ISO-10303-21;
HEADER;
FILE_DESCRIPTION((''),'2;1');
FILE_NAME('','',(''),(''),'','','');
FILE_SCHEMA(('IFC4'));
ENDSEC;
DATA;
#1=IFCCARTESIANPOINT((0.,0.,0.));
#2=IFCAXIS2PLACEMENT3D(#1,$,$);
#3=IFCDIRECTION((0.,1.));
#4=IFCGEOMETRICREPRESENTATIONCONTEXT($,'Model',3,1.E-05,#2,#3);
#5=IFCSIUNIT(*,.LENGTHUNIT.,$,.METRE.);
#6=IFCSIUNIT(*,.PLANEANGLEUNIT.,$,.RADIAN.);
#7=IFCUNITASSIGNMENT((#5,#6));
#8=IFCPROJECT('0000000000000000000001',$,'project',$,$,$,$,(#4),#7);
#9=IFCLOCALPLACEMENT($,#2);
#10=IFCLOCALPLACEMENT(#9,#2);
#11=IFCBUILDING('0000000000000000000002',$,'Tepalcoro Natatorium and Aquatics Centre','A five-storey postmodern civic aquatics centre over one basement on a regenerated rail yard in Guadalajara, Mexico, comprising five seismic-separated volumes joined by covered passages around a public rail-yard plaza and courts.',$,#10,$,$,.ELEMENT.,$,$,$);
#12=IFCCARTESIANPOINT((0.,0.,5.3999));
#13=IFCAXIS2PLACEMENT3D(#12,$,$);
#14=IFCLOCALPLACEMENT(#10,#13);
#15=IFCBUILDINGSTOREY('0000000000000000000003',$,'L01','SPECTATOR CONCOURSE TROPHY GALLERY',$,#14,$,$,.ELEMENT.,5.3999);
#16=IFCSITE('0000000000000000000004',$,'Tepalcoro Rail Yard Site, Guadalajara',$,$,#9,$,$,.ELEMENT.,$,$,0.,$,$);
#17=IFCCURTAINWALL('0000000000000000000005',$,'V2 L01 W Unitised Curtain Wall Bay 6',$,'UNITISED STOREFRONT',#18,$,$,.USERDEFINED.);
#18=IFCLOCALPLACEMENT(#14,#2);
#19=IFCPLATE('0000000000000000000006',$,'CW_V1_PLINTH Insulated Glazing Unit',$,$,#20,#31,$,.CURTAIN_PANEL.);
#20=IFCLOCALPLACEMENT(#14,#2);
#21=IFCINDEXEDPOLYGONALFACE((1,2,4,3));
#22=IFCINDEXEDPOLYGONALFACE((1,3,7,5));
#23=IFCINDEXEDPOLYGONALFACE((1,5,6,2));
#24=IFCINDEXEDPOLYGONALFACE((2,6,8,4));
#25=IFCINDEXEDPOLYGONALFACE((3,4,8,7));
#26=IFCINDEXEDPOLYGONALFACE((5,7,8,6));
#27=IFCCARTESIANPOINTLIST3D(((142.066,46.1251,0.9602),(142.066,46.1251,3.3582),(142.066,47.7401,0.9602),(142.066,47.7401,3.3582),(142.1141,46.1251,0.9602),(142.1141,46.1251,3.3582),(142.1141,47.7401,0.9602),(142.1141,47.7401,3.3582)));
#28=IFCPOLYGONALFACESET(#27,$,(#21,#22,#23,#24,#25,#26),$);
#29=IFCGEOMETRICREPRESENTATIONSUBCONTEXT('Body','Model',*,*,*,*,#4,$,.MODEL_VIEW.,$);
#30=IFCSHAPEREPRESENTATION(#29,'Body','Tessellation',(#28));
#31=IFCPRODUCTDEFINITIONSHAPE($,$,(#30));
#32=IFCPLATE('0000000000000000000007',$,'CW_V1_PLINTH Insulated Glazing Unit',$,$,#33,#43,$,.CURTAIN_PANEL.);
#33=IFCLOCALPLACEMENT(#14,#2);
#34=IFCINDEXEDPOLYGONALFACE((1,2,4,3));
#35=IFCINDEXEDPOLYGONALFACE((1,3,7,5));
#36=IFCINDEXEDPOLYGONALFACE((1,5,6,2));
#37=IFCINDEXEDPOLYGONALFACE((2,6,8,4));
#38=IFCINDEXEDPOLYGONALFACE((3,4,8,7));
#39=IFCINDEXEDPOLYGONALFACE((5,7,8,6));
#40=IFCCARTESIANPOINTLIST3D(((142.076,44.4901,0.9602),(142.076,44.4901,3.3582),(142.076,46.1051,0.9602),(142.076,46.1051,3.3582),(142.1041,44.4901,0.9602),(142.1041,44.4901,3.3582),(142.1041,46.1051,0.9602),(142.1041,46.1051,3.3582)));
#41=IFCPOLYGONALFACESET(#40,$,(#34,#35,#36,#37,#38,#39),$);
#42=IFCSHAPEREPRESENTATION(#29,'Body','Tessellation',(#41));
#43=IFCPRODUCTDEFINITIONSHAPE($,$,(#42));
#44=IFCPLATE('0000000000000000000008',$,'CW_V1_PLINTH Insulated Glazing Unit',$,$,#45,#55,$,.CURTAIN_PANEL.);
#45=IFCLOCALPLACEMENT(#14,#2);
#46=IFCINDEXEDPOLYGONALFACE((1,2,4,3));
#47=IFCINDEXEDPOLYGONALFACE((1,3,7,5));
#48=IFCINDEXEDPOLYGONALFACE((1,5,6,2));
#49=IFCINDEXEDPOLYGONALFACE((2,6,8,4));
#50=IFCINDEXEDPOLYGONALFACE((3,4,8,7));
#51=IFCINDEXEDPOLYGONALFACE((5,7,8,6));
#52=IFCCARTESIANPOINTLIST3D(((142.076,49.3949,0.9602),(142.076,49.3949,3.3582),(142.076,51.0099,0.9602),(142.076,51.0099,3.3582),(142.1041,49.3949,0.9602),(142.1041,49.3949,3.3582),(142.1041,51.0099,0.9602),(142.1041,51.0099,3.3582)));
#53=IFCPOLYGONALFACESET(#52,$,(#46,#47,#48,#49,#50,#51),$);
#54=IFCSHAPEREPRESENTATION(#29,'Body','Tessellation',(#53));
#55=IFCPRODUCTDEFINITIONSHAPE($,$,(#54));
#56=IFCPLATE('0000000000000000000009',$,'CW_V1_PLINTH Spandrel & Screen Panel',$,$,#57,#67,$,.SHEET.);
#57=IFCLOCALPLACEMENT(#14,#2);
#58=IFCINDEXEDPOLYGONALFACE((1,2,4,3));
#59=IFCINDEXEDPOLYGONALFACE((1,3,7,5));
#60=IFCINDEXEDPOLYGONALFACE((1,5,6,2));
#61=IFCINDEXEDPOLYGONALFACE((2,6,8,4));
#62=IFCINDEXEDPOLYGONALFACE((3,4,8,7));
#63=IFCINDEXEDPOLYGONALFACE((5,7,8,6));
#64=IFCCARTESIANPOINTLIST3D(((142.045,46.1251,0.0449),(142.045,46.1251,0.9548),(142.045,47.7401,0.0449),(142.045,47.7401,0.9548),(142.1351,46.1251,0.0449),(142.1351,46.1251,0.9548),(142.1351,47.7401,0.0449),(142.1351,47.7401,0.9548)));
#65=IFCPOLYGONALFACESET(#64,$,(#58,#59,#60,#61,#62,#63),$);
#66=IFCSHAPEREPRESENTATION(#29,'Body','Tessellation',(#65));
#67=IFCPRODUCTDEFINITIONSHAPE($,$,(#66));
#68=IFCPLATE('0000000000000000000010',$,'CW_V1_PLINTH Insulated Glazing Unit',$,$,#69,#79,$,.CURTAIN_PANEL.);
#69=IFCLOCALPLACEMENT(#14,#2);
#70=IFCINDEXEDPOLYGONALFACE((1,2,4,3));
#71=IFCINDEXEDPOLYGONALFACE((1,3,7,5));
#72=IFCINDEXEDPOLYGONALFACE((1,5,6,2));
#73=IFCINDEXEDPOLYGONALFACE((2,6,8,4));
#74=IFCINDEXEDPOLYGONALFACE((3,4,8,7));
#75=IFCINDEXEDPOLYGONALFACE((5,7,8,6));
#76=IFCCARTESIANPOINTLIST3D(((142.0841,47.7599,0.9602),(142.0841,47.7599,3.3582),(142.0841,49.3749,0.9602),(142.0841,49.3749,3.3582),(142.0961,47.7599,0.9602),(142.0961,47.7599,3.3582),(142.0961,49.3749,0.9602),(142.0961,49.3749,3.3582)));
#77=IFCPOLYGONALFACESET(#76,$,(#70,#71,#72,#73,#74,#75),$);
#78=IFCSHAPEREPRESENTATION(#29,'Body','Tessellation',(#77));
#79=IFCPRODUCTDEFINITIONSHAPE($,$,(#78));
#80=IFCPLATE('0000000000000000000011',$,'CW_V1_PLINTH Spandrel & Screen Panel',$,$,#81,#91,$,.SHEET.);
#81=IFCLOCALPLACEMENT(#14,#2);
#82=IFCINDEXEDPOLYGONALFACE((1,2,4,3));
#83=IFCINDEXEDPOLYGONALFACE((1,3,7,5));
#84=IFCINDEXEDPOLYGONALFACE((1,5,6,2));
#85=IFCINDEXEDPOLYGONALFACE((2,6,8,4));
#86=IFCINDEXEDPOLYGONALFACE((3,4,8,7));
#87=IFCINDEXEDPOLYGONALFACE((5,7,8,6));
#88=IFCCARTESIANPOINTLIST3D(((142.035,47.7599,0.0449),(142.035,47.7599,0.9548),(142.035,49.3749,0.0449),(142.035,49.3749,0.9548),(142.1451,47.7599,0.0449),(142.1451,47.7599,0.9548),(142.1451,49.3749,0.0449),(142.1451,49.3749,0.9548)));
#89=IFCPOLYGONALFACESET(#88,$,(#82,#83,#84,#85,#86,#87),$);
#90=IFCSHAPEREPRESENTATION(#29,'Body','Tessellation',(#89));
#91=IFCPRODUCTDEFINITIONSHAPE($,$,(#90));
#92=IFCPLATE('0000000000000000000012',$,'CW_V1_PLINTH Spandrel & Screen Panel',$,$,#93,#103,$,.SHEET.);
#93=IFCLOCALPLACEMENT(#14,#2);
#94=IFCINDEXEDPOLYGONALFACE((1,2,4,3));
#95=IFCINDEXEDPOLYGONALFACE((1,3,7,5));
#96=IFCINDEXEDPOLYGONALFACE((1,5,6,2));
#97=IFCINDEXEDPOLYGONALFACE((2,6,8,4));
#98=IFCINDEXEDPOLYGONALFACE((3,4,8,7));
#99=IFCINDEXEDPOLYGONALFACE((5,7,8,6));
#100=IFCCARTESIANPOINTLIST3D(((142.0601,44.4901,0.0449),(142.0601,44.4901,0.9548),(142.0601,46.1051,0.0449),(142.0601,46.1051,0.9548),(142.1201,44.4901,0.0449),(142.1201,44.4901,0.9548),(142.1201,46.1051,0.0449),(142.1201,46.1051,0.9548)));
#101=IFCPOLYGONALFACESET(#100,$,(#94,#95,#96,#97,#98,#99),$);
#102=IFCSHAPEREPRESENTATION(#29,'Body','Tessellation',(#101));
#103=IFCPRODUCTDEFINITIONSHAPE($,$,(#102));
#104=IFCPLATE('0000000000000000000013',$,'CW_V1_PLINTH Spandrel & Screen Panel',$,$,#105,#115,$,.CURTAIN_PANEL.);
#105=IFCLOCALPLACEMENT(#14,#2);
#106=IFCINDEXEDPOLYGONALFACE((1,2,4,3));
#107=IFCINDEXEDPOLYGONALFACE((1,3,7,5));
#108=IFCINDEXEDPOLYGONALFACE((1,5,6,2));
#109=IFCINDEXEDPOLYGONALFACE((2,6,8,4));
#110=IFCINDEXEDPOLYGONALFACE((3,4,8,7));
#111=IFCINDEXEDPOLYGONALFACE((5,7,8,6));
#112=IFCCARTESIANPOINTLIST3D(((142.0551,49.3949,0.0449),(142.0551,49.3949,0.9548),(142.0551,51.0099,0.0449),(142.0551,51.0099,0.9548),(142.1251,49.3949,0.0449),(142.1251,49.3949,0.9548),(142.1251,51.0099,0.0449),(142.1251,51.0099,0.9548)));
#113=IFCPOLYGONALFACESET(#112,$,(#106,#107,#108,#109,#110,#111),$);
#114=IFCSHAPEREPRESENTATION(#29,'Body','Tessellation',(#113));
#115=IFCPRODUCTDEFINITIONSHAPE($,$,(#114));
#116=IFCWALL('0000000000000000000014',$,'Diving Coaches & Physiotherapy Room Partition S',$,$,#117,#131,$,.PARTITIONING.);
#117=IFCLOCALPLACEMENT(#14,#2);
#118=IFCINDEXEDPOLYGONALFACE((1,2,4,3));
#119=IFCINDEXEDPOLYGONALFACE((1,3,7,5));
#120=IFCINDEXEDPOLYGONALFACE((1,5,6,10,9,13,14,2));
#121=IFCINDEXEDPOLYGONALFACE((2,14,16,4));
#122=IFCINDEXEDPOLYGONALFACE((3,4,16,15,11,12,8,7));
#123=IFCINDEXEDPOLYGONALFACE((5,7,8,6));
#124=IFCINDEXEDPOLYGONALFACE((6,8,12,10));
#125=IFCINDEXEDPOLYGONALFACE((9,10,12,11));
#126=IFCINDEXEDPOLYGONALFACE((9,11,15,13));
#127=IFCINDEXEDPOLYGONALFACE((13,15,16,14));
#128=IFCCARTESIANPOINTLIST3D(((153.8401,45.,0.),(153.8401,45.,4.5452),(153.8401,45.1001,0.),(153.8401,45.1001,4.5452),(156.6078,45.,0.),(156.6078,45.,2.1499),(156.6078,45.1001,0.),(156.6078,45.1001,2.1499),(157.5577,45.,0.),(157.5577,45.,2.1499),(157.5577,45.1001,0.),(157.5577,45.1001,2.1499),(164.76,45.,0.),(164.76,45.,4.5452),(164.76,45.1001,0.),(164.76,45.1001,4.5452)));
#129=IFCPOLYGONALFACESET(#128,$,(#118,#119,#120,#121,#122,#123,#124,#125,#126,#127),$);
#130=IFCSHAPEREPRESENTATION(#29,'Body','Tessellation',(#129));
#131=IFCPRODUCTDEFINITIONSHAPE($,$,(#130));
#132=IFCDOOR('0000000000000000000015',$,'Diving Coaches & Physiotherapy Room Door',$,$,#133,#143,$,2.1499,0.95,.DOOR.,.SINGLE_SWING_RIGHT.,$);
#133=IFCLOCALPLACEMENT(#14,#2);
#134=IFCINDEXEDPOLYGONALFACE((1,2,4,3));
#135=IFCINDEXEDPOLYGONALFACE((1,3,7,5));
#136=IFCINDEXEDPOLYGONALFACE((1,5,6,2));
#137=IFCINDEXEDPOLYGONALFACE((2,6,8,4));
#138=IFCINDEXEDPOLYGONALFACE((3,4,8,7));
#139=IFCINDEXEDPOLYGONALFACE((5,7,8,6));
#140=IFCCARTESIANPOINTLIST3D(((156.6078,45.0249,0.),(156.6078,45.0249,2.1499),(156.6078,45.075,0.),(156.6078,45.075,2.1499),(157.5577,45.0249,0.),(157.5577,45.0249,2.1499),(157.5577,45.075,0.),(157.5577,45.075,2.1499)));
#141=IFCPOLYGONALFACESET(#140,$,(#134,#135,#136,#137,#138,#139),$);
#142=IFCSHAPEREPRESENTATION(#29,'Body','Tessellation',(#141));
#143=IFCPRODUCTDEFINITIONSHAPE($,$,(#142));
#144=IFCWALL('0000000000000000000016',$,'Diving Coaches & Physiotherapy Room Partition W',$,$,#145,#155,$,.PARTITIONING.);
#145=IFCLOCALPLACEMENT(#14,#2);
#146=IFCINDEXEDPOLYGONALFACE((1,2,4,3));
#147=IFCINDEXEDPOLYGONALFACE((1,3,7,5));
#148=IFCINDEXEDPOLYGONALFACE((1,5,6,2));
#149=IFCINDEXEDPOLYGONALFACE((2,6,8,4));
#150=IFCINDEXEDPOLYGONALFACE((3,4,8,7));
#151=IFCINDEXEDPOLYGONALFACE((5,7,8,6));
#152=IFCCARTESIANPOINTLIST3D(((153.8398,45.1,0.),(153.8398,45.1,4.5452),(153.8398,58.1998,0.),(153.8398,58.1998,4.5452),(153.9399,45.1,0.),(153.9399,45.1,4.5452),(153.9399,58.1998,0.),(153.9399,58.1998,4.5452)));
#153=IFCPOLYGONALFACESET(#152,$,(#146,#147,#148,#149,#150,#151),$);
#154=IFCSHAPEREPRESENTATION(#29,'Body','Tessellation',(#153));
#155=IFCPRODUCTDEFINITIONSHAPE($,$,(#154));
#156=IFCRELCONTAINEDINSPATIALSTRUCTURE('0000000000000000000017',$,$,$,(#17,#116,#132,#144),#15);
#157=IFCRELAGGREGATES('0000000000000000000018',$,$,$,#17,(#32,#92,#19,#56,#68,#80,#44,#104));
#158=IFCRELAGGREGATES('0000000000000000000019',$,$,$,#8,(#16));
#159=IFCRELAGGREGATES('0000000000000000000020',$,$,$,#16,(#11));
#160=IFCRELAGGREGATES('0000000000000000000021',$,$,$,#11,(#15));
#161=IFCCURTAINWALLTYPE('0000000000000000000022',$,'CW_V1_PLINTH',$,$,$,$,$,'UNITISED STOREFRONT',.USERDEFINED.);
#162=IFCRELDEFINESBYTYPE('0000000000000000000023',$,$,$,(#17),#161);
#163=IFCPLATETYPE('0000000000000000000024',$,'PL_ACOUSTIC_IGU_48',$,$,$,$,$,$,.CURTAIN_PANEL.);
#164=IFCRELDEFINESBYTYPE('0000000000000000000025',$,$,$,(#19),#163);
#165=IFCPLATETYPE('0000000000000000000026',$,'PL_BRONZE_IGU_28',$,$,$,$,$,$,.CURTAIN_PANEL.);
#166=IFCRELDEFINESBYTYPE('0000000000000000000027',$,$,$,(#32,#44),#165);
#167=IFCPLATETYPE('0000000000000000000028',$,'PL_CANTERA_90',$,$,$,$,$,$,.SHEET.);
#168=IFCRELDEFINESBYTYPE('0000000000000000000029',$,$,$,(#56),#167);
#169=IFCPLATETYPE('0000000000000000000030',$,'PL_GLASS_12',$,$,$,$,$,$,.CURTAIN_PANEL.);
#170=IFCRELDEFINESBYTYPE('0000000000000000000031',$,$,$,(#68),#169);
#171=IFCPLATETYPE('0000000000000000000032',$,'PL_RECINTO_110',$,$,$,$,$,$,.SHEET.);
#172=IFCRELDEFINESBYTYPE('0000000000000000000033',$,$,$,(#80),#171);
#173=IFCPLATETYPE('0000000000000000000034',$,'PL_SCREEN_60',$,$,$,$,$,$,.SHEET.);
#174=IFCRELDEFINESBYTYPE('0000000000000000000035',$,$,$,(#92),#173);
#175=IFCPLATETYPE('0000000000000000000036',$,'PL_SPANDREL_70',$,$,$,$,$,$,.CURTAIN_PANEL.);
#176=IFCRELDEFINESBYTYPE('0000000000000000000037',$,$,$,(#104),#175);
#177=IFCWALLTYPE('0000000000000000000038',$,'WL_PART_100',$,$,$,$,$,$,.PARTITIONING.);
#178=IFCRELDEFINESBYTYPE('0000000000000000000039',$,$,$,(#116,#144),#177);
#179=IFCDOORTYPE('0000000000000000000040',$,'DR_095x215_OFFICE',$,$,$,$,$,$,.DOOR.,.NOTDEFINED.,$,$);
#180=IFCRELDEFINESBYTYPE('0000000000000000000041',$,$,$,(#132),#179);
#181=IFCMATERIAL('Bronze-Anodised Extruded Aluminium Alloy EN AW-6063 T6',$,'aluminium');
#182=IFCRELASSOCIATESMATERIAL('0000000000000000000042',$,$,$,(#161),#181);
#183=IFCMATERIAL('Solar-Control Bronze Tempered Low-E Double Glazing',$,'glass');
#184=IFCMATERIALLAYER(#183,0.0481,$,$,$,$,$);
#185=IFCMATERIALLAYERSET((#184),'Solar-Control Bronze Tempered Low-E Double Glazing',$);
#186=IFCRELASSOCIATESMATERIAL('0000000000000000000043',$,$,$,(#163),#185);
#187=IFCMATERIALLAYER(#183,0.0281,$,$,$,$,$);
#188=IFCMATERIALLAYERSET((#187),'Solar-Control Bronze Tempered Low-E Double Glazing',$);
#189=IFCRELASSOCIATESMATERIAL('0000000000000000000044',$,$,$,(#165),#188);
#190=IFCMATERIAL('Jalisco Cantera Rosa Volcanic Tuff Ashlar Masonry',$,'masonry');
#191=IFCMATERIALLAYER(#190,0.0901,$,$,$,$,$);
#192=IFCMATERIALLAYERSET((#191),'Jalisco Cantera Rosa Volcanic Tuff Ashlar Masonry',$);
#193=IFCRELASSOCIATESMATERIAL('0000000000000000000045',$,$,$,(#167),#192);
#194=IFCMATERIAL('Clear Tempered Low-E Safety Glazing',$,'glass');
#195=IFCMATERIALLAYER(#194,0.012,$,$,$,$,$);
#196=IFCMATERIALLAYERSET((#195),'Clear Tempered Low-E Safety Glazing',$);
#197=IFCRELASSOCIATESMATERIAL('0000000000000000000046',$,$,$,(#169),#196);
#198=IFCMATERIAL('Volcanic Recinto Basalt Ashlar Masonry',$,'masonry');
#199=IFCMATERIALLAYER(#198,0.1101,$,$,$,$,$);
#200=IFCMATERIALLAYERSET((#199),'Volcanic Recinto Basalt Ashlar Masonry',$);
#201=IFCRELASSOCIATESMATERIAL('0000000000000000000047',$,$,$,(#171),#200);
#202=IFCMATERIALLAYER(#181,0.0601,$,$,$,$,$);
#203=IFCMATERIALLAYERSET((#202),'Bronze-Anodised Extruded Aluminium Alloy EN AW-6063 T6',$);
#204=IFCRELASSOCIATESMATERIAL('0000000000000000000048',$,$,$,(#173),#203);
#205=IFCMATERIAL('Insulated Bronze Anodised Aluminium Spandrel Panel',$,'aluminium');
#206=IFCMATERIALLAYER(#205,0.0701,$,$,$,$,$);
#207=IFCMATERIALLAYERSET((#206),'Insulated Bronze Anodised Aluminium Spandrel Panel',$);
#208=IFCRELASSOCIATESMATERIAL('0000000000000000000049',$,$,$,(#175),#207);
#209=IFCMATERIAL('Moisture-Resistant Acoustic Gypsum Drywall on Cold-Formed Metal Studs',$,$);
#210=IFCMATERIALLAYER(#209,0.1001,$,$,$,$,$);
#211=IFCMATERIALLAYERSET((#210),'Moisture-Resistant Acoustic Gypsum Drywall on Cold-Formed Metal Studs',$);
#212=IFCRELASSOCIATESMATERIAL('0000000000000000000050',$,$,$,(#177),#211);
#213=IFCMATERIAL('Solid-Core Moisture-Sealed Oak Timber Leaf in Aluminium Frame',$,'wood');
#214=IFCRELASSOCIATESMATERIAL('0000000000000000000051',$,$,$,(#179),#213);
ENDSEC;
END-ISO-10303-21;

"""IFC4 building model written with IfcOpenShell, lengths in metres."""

from ifc_helpers import new_model, si_unit, direction, frame, frame_2d, origin, origin_2d, place, context, subcontext, project, spatial, rectangle, extrude, material, layer, layer_set, type_object, element, fill, aggregate, save


model = new_model("IFC4")

# Units and contexts
model_context = context("Model", 3, precision=1e-05, world=origin(), true_north=direction((0.0, 1.0)))
body_context = subcontext(model_context, "Body", "Model", "MODEL_VIEW")
ifc_project = project(units=[si_unit("LENGTHUNIT", "METRE"), si_unit("PLANEANGLEUNIT", "RADIAN")], contexts=[model_context])

# Site, building, storey
site_placement = place(None, origin())
site = spatial("IfcSite", under=ifc_project, at=site_placement, Name="Tepalcoro Rail Yard Site, Guadalajara", CompositionType="ELEMENT", RefElevation=0.0)
building_placement = place(site_placement, origin())
building = spatial("IfcBuilding", under=site, at=building_placement, Name="Tepalcoro Natatorium and Aquatics Centre", Description="A five-storey postmodern civic aquatics centre over one basement on a regenerated rail yard in Guadalajara, Mexico, comprising five seismic-separated volumes joined by covered passages around a public rail-yard plaza and courts.", CompositionType="ELEMENT")
storey_placement = place(building_placement, frame((0.0, 0.0, 5.3999)))
storey = spatial("IfcBuildingStorey", under=building, at=storey_placement, Name="L01", Description="SPECTATOR CONCOURSE TROPHY GALLERY", CompositionType="ELEMENT", Elevation=5.3999)

# Curtain wall
ifc_material_1 = material(Name="Bronze-Anodised Extruded Aluminium Alloy EN AW-6063 T6", Category="aluminium")
curtain_wall_type = type_object("IfcCurtainWallType", Name="CW_V1_PLINTH", ElementType="UNITISED STOREFRONT", PredefinedType="USERDEFINED", material=ifc_material_1)
curtain_wall_placement = place(storey_placement, origin())
curtain_wall = element("IfcCurtainWall", 1, at=curtain_wall_placement, inside=storey, type_object=curtain_wall_type, Name="V2 L01 W Unitised Curtain Wall Bay 6", ObjectType="UNITISED STOREFRONT", PredefinedType="USERDEFINED")

# Plates
ifc_material_2 = material(Name="Solar-Control Bronze Tempered Low-E Double Glazing", Category="glass")
ifc_layer_1 = layer(ifc_material_2, 0.0481)
ifc_layer_set_1 = layer_set([ifc_layer_1], Name="Solar-Control Bronze Tempered Low-E Double Glazing")
plate_type_1 = type_object("IfcPlateType", Name="PL_ACOUSTIC_IGU_48", PredefinedType="CURTAIN_PANEL", material=ifc_layer_set_1)
plate_1_placement = place(storey_placement, frame((142.0901, 46.9326, 0.9602), z_axis=(0.0, 0.0, 1.0), x_axis=(1.0, 0.0, 0.0)))
plate_1 = element("IfcPlate", 2, at=plate_1_placement, type_object=plate_type_1, Name="CW_V1_PLINTH Insulated Glazing Unit", PredefinedType="CURTAIN_PANEL", context=body_context, shape_type="SweptSolid", body=[
    extrude(rectangle(XDim=0.0481, YDim=1.615, at=origin_2d()), origin(), (0.0, 0.0, 1.0), 2.3979),
])
ifc_layer_2 = layer(ifc_material_2, 0.0281)
ifc_layer_set_2 = layer_set([ifc_layer_2], Name="Solar-Control Bronze Tempered Low-E Double Glazing")
plate_type_2 = type_object("IfcPlateType", Name="PL_BRONZE_IGU_28", PredefinedType="CURTAIN_PANEL", material=ifc_layer_set_2)
plate_2_placement = place(storey_placement, frame((142.0901, 45.2976, 0.9602), z_axis=(0.0, 0.0, 1.0), x_axis=(1.0, 0.0, 0.0)))
plate_2 = element("IfcPlate", 3, at=plate_2_placement, type_object=plate_type_2, Name="CW_V1_PLINTH Insulated Glazing Unit", PredefinedType="CURTAIN_PANEL", context=body_context, shape_type="SweptSolid", body=[
    extrude(rectangle(XDim=0.0281, YDim=1.615, at=origin_2d()), origin(), (0.0, 0.0, 1.0), 2.3979),
])
plate_3_placement = place(storey_placement, frame((142.0901, 50.2024, 0.9602), z_axis=(0.0, 0.0, 1.0), x_axis=(1.0, 0.0, 0.0)))
plate_3 = element("IfcPlate", 4, at=plate_3_placement, type_object=plate_type_2, Name="CW_V1_PLINTH Insulated Glazing Unit", PredefinedType="CURTAIN_PANEL", context=body_context, shape_type="SweptSolid", body=[
    extrude(rectangle(XDim=0.0281, YDim=1.615, at=origin_2d()), origin(), (0.0, 0.0, 1.0), 2.3979),
])
ifc_material_3 = material(Name="Jalisco Cantera Rosa Volcanic Tuff Ashlar Masonry", Category="masonry")
ifc_layer_3 = layer(ifc_material_3, 0.0901)
ifc_layer_set_3 = layer_set([ifc_layer_3], Name="Jalisco Cantera Rosa Volcanic Tuff Ashlar Masonry")
plate_type_3 = type_object("IfcPlateType", Name="PL_CANTERA_90", PredefinedType="SHEET", material=ifc_layer_set_3)
plate_4_placement = place(storey_placement, frame((142.0901, 46.9326, 0.0449), z_axis=(0.0, 0.0, 1.0), x_axis=(1.0, 0.0, 0.0)))
plate_4 = element("IfcPlate", 5, at=plate_4_placement, type_object=plate_type_3, Name="CW_V1_PLINTH Spandrel & Screen Panel", PredefinedType="SHEET", context=body_context, shape_type="SweptSolid", body=[
    extrude(rectangle(XDim=0.0901, YDim=1.615, at=origin_2d()), origin(), (0.0, 0.0, 1.0), 0.9099),
])
ifc_material_4 = material(Name="Clear Tempered Low-E Safety Glazing", Category="glass")
ifc_layer_4 = layer(ifc_material_4, 0.012)
ifc_layer_set_4 = layer_set([ifc_layer_4], Name="Clear Tempered Low-E Safety Glazing")
plate_type_4 = type_object("IfcPlateType", Name="PL_GLASS_12", PredefinedType="CURTAIN_PANEL", material=ifc_layer_set_4)
plate_5_placement = place(storey_placement, frame((142.0901, 48.5674, 0.9602), z_axis=(0.0, 0.0, 1.0), x_axis=(1.0, 0.0, 0.0)))
plate_5 = element("IfcPlate", 6, at=plate_5_placement, type_object=plate_type_4, Name="CW_V1_PLINTH Insulated Glazing Unit", PredefinedType="CURTAIN_PANEL", context=body_context, shape_type="SweptSolid", body=[
    extrude(rectangle(XDim=0.012, YDim=1.615, at=origin_2d()), origin(), (0.0, 0.0, 1.0), 2.3979),
])
ifc_material_5 = material(Name="Volcanic Recinto Basalt Ashlar Masonry", Category="masonry")
ifc_layer_5 = layer(ifc_material_5, 0.1101)
ifc_layer_set_5 = layer_set([ifc_layer_5], Name="Volcanic Recinto Basalt Ashlar Masonry")
plate_type_5 = type_object("IfcPlateType", Name="PL_RECINTO_110", PredefinedType="SHEET", material=ifc_layer_set_5)
plate_6_placement = place(storey_placement, frame((142.0901, 48.5674, 0.0449), z_axis=(0.0, 0.0, 1.0), x_axis=(1.0, 0.0, 0.0)))
plate_6 = element("IfcPlate", 7, at=plate_6_placement, type_object=plate_type_5, Name="CW_V1_PLINTH Spandrel & Screen Panel", PredefinedType="SHEET", context=body_context, shape_type="SweptSolid", body=[
    extrude(rectangle(XDim=0.1101, YDim=1.615, at=origin_2d()), origin(), (0.0, 0.0, 1.0), 0.9099),
])
ifc_layer_6 = layer(ifc_material_1, 0.0601)
ifc_layer_set_6 = layer_set([ifc_layer_6], Name="Bronze-Anodised Extruded Aluminium Alloy EN AW-6063 T6")
plate_type_6 = type_object("IfcPlateType", Name="PL_SCREEN_60", PredefinedType="SHEET", material=ifc_layer_set_6)
plate_7_placement = place(storey_placement, frame((142.0901, 45.2976, 0.0449), z_axis=(0.0, 0.0, 1.0), x_axis=(1.0, 0.0, 0.0)))
plate_7 = element("IfcPlate", 8, at=plate_7_placement, type_object=plate_type_6, Name="CW_V1_PLINTH Spandrel & Screen Panel", PredefinedType="SHEET", context=body_context, shape_type="SweptSolid", body=[
    extrude(rectangle(XDim=0.0601, YDim=1.615, at=origin_2d()), origin(), (0.0, 0.0, 1.0), 0.9099),
])
ifc_material_6 = material(Name="Insulated Bronze Anodised Aluminium Spandrel Panel", Category="aluminium")
ifc_layer_7 = layer(ifc_material_6, 0.0701)
ifc_layer_set_7 = layer_set([ifc_layer_7], Name="Insulated Bronze Anodised Aluminium Spandrel Panel")
plate_type_7 = type_object("IfcPlateType", Name="PL_SPANDREL_70", PredefinedType="CURTAIN_PANEL", material=ifc_layer_set_7)
plate_8_placement = place(storey_placement, frame((142.0901, 50.2024, 0.0449), z_axis=(0.0, 0.0, 1.0), x_axis=(1.0, 0.0, 0.0)))
plate_8 = element("IfcPlate", 9, at=plate_8_placement, type_object=plate_type_7, Name="CW_V1_PLINTH Spandrel & Screen Panel", PredefinedType="CURTAIN_PANEL", context=body_context, shape_type="SweptSolid", body=[
    extrude(rectangle(XDim=0.0701, YDim=1.615, at=origin_2d()), origin(), (0.0, 0.0, 1.0), 0.9099),
])
aggregate(curtain_wall, [plate_2, plate_7, plate_1, plate_4, plate_5, plate_6, plate_3, plate_8])

# Wall, opening, door
ifc_material_7 = material(Name="Moisture-Resistant Acoustic Gypsum Drywall on Cold-Formed Metal Studs")
ifc_layer_8 = layer(ifc_material_7, 0.1001)
ifc_layer_set_8 = layer_set([ifc_layer_8], Name="Moisture-Resistant Acoustic Gypsum Drywall on Cold-Formed Metal Studs")
wall_type_1 = type_object("IfcWallType", Name="WL_PART_100", PredefinedType="PARTITIONING", material=ifc_layer_set_8)
wall_1_placement = place(storey_placement, frame((153.8401, 45.05, 0.0), z_axis=(0.0, 0.0, 1.0), x_axis=(1.0, 0.0, 0.0)))
wall_1 = element("IfcWall", 10, at=wall_1_placement, inside=storey, type_object=wall_type_1, Name="Diving Coaches & Physiotherapy Room Partition S", PredefinedType="PARTITIONING", context=body_context, shape_type="SweptSolid", body=[
    extrude(rectangle(XDim=10.9199, YDim=0.1001, at=frame_2d((5.46, 0.0))), origin(), (0.0, 0.0, 1.0), 4.5452),
])
opening_1_placement = place(wall_1_placement, frame((2.7676, 0.0, 0.0)))
opening_1 = element("IfcOpeningElement", 11, at=opening_1_placement, cuts=wall_1, PredefinedType="OPENING", context=body_context, shape_type="SweptSolid", body=[
    extrude(rectangle(XDim=0.95, YDim=2.1499, at=frame_2d((0.4751, 1.075))), frame((0.0, 0.062, 0.0), z_axis=(0.0, -1.0, 0.0), x_axis=(1.0, 0.0, 0.0)), (0.0, 0.0, 1.0), 0.124),
])
ifc_material_8 = material(Name="Solid-Core Moisture-Sealed Oak Timber Leaf in Aluminium Frame", Category="wood")
door_type_1 = type_object("IfcDoorType", Name="DR_095x215_OFFICE", OperationType="NOTDEFINED", PredefinedType="DOOR", material=ifc_material_8)
door_1_placement = place(opening_1_placement, origin())
door_1 = element("IfcDoor", 12, at=door_1_placement, inside=storey, type_object=door_type_1, Name="Diving Coaches & Physiotherapy Room Door", OperationType="SINGLE_SWING_RIGHT", OverallHeight=2.1499, OverallWidth=0.95, PredefinedType="DOOR", context=body_context, shape_type="SweptSolid", body=[
    extrude(rectangle(XDim=0.95, YDim=2.1499, at=frame_2d((0.4751, 1.075))), frame((0.0, 0.0249, 0.0), z_axis=(0.0, -1.0, 0.0), x_axis=(1.0, 0.0, 0.0)), (0.0, 0.0, 1.0), 0.05),
])
fill(opening_1, door_1)

# Wall
wall_2_placement = place(storey_placement, frame((153.8899, 45.1001, 0.0), z_axis=(0.0, 0.0, 1.0), x_axis=(0.0, 1.0, 0.0)))
element("IfcWall", 13, at=wall_2_placement, inside=storey, type_object=wall_type_1, Name="Diving Coaches & Physiotherapy Room Partition W", PredefinedType="PARTITIONING", context=body_context, shape_type="SweptSolid", body=[
    extrude(rectangle(XDim=13.0999, YDim=0.1001, at=frame_2d((6.5498, 0.0))), origin(), (0.0, 0.0, 1.0), 4.5452),
])

save(model, "model.ifc")
